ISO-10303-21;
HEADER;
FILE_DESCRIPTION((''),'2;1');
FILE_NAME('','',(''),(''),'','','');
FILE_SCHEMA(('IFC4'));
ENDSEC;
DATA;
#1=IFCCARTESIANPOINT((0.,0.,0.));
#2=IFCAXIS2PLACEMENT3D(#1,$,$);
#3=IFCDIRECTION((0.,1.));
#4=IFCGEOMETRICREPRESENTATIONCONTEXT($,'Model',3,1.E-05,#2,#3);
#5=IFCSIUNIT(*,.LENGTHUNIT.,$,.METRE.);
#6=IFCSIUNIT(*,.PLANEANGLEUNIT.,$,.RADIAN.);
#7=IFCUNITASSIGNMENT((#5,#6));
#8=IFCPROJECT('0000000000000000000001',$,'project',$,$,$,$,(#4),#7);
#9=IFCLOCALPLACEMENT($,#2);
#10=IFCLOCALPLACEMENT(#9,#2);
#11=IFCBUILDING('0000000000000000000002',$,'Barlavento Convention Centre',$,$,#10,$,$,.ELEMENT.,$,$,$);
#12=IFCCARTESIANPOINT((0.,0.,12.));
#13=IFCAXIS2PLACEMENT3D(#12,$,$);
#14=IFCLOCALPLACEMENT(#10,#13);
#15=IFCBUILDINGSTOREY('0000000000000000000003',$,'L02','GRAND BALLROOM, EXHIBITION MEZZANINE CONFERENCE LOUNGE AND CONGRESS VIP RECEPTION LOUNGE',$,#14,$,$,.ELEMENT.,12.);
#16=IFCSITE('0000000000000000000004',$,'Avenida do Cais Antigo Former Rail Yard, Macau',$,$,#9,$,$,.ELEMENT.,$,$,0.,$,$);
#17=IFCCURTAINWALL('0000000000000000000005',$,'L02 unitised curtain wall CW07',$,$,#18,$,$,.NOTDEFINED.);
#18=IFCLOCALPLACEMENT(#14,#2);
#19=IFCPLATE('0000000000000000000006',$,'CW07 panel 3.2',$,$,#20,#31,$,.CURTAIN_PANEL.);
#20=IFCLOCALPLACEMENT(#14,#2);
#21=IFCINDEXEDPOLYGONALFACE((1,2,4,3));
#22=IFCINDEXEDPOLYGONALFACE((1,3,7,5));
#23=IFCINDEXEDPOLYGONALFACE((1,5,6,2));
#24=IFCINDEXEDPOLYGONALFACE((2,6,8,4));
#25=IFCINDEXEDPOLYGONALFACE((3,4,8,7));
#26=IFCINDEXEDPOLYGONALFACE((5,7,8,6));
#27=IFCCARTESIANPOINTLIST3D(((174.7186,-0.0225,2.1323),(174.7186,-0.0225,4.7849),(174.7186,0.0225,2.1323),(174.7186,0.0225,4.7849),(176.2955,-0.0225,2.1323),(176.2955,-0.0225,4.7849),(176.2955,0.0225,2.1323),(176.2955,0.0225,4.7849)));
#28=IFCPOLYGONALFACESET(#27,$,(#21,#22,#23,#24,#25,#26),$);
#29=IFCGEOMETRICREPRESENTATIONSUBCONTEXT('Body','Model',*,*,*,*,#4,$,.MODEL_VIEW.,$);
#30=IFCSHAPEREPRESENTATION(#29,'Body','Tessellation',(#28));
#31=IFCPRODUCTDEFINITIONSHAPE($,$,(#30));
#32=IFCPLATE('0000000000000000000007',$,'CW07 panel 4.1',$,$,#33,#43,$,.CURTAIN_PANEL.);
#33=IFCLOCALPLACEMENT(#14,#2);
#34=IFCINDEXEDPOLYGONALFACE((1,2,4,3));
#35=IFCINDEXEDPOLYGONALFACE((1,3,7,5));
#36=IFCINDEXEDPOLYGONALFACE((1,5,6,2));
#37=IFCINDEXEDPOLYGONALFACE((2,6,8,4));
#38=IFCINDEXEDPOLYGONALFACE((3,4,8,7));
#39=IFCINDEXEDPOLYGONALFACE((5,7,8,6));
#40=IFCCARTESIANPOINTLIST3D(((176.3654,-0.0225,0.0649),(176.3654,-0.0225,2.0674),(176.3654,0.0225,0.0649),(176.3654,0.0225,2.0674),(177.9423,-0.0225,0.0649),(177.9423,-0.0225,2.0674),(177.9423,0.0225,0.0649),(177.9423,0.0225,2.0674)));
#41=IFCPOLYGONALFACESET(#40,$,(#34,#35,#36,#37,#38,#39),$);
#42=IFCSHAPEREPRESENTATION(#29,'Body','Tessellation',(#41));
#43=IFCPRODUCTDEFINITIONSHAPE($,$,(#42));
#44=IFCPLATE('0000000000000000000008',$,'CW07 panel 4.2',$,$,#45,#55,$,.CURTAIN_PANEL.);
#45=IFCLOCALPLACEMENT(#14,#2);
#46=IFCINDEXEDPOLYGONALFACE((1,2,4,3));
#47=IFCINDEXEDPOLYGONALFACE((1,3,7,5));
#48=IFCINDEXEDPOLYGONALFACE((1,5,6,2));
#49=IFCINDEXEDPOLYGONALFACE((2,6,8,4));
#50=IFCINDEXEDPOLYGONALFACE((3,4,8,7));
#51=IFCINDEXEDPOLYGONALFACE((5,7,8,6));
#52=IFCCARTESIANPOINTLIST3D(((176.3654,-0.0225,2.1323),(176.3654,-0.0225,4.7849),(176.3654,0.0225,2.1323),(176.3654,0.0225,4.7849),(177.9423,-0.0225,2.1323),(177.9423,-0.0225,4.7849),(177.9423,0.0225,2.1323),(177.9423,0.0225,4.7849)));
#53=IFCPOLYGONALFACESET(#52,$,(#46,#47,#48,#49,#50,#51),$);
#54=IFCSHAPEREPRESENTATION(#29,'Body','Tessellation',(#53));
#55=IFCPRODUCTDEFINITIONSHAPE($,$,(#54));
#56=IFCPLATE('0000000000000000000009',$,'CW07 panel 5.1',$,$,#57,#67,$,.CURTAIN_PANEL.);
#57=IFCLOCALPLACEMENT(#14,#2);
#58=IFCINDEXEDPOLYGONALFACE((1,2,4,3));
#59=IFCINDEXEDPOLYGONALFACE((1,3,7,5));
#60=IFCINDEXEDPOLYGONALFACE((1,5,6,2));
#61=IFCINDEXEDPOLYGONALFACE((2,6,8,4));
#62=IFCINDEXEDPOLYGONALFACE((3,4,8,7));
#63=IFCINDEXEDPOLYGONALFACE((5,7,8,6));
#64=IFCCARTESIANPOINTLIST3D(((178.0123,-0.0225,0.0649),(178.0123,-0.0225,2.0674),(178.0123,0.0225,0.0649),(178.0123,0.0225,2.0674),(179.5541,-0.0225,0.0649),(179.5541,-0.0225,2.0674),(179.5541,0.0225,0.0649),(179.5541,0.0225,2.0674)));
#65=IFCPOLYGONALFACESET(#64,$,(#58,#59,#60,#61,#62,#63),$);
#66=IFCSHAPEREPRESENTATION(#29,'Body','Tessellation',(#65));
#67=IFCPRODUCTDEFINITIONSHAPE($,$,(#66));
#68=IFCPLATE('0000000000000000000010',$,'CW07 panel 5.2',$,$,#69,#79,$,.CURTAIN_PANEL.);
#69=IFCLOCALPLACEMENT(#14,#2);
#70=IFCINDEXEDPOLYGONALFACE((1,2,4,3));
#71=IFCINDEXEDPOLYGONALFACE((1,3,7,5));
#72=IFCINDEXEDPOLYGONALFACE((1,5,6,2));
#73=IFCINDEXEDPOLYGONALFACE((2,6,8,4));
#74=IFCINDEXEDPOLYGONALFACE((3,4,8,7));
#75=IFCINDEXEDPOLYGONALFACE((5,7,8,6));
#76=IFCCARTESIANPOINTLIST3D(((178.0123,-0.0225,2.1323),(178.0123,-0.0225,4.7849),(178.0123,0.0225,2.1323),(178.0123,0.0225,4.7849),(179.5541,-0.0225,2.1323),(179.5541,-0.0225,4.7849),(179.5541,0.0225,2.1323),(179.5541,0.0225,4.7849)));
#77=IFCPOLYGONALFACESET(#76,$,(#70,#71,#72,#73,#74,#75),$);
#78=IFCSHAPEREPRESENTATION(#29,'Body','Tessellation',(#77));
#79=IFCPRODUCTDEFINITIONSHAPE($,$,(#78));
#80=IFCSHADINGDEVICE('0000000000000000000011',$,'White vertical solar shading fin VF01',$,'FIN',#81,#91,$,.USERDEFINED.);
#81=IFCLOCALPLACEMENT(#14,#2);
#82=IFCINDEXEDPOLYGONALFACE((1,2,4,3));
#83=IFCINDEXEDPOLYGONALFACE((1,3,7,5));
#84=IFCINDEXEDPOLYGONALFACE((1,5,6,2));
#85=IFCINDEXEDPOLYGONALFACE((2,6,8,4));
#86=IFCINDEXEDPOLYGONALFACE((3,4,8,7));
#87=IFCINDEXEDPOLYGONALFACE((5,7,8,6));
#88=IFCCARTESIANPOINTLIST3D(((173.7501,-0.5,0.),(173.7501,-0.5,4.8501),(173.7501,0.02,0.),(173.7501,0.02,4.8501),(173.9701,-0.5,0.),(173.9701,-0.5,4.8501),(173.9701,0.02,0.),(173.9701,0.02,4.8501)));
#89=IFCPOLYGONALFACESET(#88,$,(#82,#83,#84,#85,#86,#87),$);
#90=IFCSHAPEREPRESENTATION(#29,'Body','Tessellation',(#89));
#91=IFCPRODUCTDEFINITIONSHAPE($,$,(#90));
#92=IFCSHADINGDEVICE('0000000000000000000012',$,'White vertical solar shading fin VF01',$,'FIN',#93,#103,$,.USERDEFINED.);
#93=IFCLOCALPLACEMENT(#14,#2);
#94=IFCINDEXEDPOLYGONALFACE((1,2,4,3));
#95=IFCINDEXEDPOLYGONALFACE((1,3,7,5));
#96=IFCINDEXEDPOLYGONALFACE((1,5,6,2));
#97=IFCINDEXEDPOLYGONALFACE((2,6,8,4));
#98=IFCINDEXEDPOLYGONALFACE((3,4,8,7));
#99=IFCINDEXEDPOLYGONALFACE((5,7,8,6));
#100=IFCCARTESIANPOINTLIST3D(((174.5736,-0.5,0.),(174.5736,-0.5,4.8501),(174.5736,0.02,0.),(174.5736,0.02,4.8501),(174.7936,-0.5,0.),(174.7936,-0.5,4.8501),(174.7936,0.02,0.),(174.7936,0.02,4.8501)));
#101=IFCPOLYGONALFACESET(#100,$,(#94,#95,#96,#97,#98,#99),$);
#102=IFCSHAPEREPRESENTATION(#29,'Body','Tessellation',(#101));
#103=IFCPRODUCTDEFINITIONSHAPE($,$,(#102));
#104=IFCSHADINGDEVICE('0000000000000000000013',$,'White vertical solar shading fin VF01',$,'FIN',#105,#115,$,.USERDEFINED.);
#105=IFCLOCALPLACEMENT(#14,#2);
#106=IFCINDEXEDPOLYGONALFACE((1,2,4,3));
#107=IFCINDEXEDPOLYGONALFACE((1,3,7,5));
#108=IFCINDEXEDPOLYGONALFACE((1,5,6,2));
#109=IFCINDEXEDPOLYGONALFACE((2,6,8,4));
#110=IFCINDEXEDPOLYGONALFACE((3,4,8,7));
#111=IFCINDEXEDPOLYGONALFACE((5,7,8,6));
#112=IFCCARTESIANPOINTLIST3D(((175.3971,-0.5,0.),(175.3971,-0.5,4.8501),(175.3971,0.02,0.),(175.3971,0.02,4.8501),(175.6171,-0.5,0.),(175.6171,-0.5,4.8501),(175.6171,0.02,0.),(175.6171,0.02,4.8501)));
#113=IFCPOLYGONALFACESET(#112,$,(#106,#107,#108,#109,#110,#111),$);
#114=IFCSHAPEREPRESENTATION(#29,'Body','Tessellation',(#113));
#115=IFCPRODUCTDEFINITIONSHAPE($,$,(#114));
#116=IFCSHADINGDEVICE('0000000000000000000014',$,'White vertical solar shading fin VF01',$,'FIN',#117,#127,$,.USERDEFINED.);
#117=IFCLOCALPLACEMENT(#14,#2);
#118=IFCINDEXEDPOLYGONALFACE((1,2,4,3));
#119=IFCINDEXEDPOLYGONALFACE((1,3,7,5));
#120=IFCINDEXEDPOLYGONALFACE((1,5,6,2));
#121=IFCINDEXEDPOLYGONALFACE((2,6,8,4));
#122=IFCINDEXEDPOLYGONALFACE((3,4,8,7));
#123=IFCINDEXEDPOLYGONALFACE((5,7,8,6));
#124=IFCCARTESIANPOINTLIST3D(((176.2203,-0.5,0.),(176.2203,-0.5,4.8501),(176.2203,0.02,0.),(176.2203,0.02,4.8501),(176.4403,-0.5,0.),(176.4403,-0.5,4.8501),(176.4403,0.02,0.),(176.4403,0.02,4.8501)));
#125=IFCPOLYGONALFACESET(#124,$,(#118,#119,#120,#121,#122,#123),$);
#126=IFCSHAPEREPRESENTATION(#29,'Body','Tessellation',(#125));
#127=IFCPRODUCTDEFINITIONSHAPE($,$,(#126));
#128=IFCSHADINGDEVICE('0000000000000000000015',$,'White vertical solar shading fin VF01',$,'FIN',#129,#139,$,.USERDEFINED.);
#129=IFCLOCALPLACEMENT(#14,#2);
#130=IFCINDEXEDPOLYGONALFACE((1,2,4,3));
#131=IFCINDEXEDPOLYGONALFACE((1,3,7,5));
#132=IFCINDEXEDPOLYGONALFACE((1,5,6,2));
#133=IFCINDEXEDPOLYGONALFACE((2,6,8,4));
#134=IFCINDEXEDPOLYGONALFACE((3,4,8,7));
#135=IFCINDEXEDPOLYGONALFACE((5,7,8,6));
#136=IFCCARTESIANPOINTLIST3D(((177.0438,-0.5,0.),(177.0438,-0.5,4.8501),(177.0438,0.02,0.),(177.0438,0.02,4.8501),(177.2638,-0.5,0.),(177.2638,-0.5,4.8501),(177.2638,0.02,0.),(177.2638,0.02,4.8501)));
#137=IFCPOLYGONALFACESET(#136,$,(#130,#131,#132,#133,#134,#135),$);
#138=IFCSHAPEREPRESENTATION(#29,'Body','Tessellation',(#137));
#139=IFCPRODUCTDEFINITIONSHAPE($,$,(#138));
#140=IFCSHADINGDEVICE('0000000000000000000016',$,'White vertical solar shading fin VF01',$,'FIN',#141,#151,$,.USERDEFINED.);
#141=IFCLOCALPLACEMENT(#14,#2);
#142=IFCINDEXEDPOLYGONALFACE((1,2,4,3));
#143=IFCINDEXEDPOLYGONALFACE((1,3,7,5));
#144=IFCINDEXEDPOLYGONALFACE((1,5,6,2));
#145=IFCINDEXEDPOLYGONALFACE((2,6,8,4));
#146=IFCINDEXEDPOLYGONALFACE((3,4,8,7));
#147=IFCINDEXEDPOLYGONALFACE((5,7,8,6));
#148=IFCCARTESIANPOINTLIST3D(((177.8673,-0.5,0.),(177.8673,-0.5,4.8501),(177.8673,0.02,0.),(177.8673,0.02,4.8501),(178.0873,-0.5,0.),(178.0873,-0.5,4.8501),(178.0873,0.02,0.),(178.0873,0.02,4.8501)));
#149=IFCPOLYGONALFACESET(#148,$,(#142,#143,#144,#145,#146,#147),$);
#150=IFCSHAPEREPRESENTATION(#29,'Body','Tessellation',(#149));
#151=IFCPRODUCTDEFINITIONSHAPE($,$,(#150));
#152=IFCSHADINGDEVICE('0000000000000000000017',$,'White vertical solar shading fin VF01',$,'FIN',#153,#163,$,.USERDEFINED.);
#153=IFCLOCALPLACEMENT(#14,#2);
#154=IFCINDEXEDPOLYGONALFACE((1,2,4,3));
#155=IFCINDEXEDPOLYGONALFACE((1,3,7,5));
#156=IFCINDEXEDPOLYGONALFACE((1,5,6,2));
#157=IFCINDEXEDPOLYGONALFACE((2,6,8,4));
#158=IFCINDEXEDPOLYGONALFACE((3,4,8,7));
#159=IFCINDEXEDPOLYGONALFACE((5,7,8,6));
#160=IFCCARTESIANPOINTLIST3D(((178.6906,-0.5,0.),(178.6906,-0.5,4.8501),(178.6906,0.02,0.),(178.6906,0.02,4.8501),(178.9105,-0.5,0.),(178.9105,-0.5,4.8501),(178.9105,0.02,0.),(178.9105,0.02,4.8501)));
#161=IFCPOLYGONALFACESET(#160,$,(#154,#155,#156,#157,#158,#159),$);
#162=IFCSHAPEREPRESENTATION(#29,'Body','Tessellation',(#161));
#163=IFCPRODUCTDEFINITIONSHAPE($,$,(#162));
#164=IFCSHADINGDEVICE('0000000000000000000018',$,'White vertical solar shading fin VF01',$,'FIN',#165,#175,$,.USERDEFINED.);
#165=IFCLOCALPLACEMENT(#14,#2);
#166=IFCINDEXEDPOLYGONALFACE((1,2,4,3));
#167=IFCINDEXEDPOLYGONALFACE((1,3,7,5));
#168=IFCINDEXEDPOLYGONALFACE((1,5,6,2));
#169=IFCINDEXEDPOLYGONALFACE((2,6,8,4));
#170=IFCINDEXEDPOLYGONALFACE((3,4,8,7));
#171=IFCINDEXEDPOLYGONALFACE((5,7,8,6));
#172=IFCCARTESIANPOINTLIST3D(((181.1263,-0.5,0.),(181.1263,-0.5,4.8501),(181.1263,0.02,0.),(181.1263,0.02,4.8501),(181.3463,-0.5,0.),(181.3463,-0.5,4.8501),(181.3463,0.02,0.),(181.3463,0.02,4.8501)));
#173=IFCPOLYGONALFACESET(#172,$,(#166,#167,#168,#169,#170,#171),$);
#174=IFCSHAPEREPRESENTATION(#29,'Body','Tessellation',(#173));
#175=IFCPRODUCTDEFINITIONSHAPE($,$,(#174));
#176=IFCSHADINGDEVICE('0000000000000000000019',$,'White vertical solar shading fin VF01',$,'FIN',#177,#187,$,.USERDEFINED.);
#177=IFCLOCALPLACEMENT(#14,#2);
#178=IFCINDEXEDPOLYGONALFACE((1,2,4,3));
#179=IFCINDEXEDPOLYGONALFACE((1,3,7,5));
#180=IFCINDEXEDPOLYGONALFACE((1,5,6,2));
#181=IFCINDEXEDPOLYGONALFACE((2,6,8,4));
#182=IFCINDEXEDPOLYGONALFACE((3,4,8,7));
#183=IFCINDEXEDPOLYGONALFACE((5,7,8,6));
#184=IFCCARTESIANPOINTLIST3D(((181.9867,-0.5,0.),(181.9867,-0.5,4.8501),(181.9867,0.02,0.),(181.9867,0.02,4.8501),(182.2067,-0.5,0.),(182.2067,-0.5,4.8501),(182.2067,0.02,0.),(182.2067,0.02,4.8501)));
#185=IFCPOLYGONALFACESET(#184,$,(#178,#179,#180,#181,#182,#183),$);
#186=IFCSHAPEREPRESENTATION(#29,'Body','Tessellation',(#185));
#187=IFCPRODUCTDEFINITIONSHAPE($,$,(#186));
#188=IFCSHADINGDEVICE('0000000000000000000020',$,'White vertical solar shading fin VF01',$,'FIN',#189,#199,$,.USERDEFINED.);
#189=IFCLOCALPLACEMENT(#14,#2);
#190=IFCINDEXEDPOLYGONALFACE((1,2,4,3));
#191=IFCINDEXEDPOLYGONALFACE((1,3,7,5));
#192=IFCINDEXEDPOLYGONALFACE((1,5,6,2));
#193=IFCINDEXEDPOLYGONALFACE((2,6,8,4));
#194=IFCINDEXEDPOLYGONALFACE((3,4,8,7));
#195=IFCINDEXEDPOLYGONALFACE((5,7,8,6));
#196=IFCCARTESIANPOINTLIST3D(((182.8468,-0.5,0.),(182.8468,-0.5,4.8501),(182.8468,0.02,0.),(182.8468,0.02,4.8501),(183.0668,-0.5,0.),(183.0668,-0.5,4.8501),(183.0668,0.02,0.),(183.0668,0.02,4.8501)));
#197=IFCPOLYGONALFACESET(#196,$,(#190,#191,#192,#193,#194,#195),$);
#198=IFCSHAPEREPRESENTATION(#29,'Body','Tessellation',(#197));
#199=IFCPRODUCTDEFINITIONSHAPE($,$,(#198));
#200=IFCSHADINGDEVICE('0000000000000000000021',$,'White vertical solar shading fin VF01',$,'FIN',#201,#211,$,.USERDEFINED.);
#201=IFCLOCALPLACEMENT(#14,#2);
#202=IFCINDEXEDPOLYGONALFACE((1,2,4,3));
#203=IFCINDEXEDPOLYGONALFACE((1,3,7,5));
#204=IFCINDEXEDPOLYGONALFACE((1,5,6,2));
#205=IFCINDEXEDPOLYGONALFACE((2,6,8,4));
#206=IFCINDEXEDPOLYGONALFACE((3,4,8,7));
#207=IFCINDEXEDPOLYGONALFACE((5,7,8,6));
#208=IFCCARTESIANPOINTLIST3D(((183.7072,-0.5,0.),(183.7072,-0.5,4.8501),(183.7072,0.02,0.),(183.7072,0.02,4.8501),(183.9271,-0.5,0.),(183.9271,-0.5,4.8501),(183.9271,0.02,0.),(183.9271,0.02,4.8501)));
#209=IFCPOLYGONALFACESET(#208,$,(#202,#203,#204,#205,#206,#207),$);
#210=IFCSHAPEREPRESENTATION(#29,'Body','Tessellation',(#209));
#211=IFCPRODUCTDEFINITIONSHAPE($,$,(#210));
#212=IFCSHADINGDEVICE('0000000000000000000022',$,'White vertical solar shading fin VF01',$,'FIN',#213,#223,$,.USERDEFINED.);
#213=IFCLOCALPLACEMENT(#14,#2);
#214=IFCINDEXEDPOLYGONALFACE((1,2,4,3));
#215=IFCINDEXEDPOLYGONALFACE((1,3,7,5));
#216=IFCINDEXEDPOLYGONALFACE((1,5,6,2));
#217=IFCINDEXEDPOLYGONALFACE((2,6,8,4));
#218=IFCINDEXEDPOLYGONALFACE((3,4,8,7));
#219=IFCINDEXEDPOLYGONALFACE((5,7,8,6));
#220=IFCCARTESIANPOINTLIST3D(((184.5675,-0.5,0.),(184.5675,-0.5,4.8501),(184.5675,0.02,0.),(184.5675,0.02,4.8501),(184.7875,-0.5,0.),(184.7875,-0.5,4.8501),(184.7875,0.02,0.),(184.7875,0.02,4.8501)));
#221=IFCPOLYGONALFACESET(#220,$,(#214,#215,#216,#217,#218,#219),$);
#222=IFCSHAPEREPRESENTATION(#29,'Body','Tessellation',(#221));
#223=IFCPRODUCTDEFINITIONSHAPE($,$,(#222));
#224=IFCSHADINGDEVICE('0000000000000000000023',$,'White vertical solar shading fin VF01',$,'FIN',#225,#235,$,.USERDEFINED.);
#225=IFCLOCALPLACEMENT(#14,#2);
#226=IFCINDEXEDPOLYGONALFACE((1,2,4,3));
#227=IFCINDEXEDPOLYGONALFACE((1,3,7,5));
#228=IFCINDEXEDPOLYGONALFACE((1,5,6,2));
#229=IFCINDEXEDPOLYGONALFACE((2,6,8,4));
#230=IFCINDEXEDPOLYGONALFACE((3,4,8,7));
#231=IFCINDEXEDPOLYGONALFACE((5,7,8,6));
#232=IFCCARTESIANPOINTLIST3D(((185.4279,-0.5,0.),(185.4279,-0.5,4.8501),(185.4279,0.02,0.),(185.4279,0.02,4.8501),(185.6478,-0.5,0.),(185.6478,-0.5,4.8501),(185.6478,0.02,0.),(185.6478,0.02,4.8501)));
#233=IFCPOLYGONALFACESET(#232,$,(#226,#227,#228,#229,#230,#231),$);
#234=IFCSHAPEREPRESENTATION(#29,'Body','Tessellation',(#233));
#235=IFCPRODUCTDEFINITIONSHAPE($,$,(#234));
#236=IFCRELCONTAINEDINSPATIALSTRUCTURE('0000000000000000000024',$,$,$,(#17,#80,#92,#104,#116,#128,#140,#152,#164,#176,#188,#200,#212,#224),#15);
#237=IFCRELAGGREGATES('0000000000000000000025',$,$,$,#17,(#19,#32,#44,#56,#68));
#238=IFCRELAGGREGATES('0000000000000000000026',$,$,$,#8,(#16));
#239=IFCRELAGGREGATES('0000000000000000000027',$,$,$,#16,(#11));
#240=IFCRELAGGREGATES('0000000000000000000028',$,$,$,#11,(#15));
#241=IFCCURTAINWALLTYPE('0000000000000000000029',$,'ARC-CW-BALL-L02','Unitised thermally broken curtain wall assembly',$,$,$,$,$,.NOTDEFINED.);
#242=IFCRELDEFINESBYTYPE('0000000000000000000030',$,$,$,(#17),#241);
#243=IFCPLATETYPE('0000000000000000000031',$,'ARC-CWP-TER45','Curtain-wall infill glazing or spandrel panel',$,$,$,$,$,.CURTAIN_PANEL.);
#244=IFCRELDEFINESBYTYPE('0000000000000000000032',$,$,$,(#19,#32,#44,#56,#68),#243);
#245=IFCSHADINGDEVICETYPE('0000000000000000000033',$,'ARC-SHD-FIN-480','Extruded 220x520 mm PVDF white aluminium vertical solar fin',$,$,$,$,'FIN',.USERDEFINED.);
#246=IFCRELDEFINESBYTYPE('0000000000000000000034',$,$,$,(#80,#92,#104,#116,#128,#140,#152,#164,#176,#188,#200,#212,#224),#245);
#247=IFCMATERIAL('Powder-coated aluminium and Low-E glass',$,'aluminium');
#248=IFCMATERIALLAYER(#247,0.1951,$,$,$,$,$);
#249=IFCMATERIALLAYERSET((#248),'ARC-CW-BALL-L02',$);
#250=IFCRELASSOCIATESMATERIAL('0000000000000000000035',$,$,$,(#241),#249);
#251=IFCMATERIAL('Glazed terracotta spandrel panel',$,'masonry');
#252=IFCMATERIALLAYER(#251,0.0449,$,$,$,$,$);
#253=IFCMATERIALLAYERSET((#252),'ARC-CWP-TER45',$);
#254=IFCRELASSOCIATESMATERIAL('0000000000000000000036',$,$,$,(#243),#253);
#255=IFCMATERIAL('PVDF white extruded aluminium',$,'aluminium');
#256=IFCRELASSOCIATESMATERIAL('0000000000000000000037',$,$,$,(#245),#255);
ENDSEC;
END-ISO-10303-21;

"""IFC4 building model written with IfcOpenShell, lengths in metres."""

from ifc_helpers import new_model, si_unit, direction, frame, origin, origin_2d, place, context, subcontext, project, spatial, rectangle, extrude, material, layer, layer_set, type_object, element, aggregate, save


model = new_model("IFC4")

# Units and contexts
model_context = context("Model", 3, precision=1e-05, world=origin(), true_north=direction((0.0, 1.0)))
body_context = subcontext(model_context, "Body", "Model", "MODEL_VIEW")
ifc_project = project(units=[si_unit("LENGTHUNIT", "METRE"), si_unit("PLANEANGLEUNIT", "RADIAN")], contexts=[model_context])

# Site, building, storey
site_placement = place(None, origin())
site = spatial("IfcSite", under=ifc_project, at=site_placement, Name="Avenida do Cais Antigo Former Rail Yard, Macau", CompositionType="ELEMENT", RefElevation=0.0)
building_placement = place(site_placement, origin())
building = spatial("IfcBuilding", under=site, at=building_placement, Name="Barlavento Convention Centre", CompositionType="ELEMENT")
storey_placement = place(building_placement, frame((0.0, 0.0, 12.0)))
storey = spatial("IfcBuildingStorey", under=building, at=storey_placement, Name="L02", Description="GRAND BALLROOM, EXHIBITION MEZZANINE CONFERENCE LOUNGE AND CONGRESS VIP RECEPTION LOUNGE", CompositionType="ELEMENT", Elevation=12.0)

# Curtain wall, plates
ifc_material_1 = material(Name="Powder-coated aluminium and Low-E glass", Category="aluminium")
ifc_layer_1 = layer(ifc_material_1, 0.1951)
ifc_layer_set_1 = layer_set([ifc_layer_1], Name="ARC-CW-BALL-L02")
curtain_wall_type = type_object("IfcCurtainWallType", Name="ARC-CW-BALL-L02", Description="Unitised thermally broken curtain wall assembly", PredefinedType="NOTDEFINED", material=ifc_layer_set_1)
curtain_wall_placement = place(storey_placement, origin())
curtain_wall = element("IfcCurtainWall", 1, at=curtain_wall_placement, inside=storey, type_object=curtain_wall_type, Name="L02 unitised curtain wall CW07", PredefinedType="NOTDEFINED")
ifc_material_2 = material(Name="Glazed terracotta spandrel panel", Category="masonry")
ifc_layer_2 = layer(ifc_material_2, 0.0449)
ifc_layer_set_2 = layer_set([ifc_layer_2], Name="ARC-CWP-TER45")
plate_type = type_object("IfcPlateType", Name="ARC-CWP-TER45", Description="Curtain-wall infill glazing or spandrel panel", PredefinedType="CURTAIN_PANEL", material=ifc_layer_set_2)
plate_1_placement = place(storey_placement, frame((175.5071, 0.0, 2.1323), z_axis=(0.0, 0.0, 1.0), x_axis=(1.0, 0.0, 0.0)))
plate_1 = element("IfcPlate", 2, at=plate_1_placement, type_object=plate_type, Name="CW07 panel 3.2", PredefinedType="CURTAIN_PANEL", context=body_context, shape_type="SweptSolid", body=[
    extrude(rectangle(XDim=1.5769, YDim=0.0449, at=origin_2d()), origin(), (0.0, 0.0, 1.0), 2.6526),
])
plate_2_placement = place(storey_placement, frame((177.1538, 0.0, 0.0649), z_axis=(0.0, 0.0, 1.0), x_axis=(1.0, 0.0, 0.0)))
plate_2 = element("IfcPlate", 3, at=plate_2_placement, type_object=plate_type, Name="CW07 panel 4.1", PredefinedType="CURTAIN_PANEL", context=body_context, shape_type="SweptSolid", body=[
    extrude(rectangle(XDim=1.5769, YDim=0.0449, at=origin_2d()), origin(), (0.0, 0.0, 1.0), 2.0024),
])
plate_3_placement = place(storey_placement, frame((177.1538, 0.0, 2.1323), z_axis=(0.0, 0.0, 1.0), x_axis=(1.0, 0.0, 0.0)))
plate_3 = element("IfcPlate", 4, at=plate_3_placement, type_object=plate_type, Name="CW07 panel 4.2", PredefinedType="CURTAIN_PANEL", context=body_context, shape_type="SweptSolid", body=[
    extrude(rectangle(XDim=1.5769, YDim=0.0449, at=origin_2d()), origin(), (0.0, 0.0, 1.0), 2.6526),
])
plate_4_placement = place(storey_placement, frame((178.7832, 0.0, 0.0649), z_axis=(0.0, 0.0, 1.0), x_axis=(1.0, 0.0, 0.0)))
plate_4 = element("IfcPlate", 5, at=plate_4_placement, type_object=plate_type, Name="CW07 panel 5.1", PredefinedType="CURTAIN_PANEL", context=body_context, shape_type="SweptSolid", body=[
    extrude(rectangle(XDim=1.5417, YDim=0.0449, at=origin_2d()), origin(), (0.0, 0.0, 1.0), 2.0024),
])
plate_5_placement = place(storey_placement, frame((178.7832, 0.0, 2.1323), z_axis=(0.0, 0.0, 1.0), x_axis=(1.0, 0.0, 0.0)))
plate_5 = element("IfcPlate", 6, at=plate_5_placement, type_object=plate_type, Name="CW07 panel 5.2", PredefinedType="CURTAIN_PANEL", context=body_context, shape_type="SweptSolid", body=[
    extrude(rectangle(XDim=1.5417, YDim=0.0449, at=origin_2d()), origin(), (0.0, 0.0, 1.0), 2.6526),
])
aggregate(curtain_wall, [plate_1, plate_2, plate_3, plate_4, plate_5])

# Shading devices
ifc_material_3 = material(Name="PVDF white extruded aluminium", Category="aluminium")
shading_device_type = type_object("IfcShadingDeviceType", Name="ARC-SHD-FIN-480", Description="Extruded 220x520 mm PVDF white aluminium vertical solar fin", ElementType="FIN", PredefinedType="USERDEFINED", material=ifc_material_3)
for number, where, z_axis, x_axis, name in (
    (7, (173.8601, -0.24, 0.0), (0.0, 0.0, 1.0), (1.0, 0.0, 0.0), "White vertical solar shading fin VF01"),
    (8, (174.6836, -0.24, 0.0), (0.0, 0.0, 1.0), (1.0, 0.0, 0.0), "White vertical solar shading fin VF01"),
    (9, (175.5071, -0.24, 0.0), (0.0, 0.0, 1.0), (1.0, 0.0, 0.0), "White vertical solar shading fin VF01"),
    (10, (176.3303, -0.24, 0.0), (0.0, 0.0, 1.0), (1.0, 0.0, 0.0), "White vertical solar shading fin VF01"),
    (11, (177.1538, -0.24, 0.0), (0.0, 0.0, 1.0), (1.0, 0.0, 0.0), "White vertical solar shading fin VF01"),
    (12, (177.9773, -0.24, 0.0), (0.0, 0.0, 1.0), (1.0, 0.0, 0.0), "White vertical solar shading fin VF01"),
    (13, (178.8005, -0.24, 0.0), (0.0, 0.0, 1.0), (1.0, 0.0, 0.0), "White vertical solar shading fin VF01"),
    (14, (181.2363, -0.24, 0.0), (0.0, 0.0, 1.0), (1.0, 0.0, 0.0), "White vertical solar shading fin VF01"),
    (15, (182.0967, -0.24, 0.0), (0.0, 0.0, 1.0), (1.0, 0.0, 0.0), "White vertical solar shading fin VF01"),
    (16, (182.9568, -0.24, 0.0), (0.0, 0.0, 1.0), (1.0, 0.0, 0.0), "White vertical solar shading fin VF01"),
    (17, (183.8171, -0.24, 0.0), (0.0, 0.0, 1.0), (1.0, 0.0, 0.0), "White vertical solar shading fin VF01"),
    (18, (184.6775, -0.24, 0.0), (0.0, 0.0, 1.0), (1.0, 0.0, 0.0), "White vertical solar shading fin VF01"),
    (19, (185.5378, -0.24, 0.0), (0.0, 0.0, 1.0), (1.0, 0.0, 0.0), "White vertical solar shading fin VF01"),
):
    element("IfcShadingDevice", number, at=place(storey_placement, frame(where, z_axis=z_axis, x_axis=x_axis)), inside=storey, type_object=shading_device_type, Name=name, ObjectType="FIN", PredefinedType="USERDEFINED", context=body_context, shape_type="SweptSolid", body=[
        extrude(rectangle(XDim=0.22, YDim=0.52, at=origin_2d()), origin(), (0.0, 0.0, 1.0), 4.8501),
    ])

save(model, "model.ifc")
